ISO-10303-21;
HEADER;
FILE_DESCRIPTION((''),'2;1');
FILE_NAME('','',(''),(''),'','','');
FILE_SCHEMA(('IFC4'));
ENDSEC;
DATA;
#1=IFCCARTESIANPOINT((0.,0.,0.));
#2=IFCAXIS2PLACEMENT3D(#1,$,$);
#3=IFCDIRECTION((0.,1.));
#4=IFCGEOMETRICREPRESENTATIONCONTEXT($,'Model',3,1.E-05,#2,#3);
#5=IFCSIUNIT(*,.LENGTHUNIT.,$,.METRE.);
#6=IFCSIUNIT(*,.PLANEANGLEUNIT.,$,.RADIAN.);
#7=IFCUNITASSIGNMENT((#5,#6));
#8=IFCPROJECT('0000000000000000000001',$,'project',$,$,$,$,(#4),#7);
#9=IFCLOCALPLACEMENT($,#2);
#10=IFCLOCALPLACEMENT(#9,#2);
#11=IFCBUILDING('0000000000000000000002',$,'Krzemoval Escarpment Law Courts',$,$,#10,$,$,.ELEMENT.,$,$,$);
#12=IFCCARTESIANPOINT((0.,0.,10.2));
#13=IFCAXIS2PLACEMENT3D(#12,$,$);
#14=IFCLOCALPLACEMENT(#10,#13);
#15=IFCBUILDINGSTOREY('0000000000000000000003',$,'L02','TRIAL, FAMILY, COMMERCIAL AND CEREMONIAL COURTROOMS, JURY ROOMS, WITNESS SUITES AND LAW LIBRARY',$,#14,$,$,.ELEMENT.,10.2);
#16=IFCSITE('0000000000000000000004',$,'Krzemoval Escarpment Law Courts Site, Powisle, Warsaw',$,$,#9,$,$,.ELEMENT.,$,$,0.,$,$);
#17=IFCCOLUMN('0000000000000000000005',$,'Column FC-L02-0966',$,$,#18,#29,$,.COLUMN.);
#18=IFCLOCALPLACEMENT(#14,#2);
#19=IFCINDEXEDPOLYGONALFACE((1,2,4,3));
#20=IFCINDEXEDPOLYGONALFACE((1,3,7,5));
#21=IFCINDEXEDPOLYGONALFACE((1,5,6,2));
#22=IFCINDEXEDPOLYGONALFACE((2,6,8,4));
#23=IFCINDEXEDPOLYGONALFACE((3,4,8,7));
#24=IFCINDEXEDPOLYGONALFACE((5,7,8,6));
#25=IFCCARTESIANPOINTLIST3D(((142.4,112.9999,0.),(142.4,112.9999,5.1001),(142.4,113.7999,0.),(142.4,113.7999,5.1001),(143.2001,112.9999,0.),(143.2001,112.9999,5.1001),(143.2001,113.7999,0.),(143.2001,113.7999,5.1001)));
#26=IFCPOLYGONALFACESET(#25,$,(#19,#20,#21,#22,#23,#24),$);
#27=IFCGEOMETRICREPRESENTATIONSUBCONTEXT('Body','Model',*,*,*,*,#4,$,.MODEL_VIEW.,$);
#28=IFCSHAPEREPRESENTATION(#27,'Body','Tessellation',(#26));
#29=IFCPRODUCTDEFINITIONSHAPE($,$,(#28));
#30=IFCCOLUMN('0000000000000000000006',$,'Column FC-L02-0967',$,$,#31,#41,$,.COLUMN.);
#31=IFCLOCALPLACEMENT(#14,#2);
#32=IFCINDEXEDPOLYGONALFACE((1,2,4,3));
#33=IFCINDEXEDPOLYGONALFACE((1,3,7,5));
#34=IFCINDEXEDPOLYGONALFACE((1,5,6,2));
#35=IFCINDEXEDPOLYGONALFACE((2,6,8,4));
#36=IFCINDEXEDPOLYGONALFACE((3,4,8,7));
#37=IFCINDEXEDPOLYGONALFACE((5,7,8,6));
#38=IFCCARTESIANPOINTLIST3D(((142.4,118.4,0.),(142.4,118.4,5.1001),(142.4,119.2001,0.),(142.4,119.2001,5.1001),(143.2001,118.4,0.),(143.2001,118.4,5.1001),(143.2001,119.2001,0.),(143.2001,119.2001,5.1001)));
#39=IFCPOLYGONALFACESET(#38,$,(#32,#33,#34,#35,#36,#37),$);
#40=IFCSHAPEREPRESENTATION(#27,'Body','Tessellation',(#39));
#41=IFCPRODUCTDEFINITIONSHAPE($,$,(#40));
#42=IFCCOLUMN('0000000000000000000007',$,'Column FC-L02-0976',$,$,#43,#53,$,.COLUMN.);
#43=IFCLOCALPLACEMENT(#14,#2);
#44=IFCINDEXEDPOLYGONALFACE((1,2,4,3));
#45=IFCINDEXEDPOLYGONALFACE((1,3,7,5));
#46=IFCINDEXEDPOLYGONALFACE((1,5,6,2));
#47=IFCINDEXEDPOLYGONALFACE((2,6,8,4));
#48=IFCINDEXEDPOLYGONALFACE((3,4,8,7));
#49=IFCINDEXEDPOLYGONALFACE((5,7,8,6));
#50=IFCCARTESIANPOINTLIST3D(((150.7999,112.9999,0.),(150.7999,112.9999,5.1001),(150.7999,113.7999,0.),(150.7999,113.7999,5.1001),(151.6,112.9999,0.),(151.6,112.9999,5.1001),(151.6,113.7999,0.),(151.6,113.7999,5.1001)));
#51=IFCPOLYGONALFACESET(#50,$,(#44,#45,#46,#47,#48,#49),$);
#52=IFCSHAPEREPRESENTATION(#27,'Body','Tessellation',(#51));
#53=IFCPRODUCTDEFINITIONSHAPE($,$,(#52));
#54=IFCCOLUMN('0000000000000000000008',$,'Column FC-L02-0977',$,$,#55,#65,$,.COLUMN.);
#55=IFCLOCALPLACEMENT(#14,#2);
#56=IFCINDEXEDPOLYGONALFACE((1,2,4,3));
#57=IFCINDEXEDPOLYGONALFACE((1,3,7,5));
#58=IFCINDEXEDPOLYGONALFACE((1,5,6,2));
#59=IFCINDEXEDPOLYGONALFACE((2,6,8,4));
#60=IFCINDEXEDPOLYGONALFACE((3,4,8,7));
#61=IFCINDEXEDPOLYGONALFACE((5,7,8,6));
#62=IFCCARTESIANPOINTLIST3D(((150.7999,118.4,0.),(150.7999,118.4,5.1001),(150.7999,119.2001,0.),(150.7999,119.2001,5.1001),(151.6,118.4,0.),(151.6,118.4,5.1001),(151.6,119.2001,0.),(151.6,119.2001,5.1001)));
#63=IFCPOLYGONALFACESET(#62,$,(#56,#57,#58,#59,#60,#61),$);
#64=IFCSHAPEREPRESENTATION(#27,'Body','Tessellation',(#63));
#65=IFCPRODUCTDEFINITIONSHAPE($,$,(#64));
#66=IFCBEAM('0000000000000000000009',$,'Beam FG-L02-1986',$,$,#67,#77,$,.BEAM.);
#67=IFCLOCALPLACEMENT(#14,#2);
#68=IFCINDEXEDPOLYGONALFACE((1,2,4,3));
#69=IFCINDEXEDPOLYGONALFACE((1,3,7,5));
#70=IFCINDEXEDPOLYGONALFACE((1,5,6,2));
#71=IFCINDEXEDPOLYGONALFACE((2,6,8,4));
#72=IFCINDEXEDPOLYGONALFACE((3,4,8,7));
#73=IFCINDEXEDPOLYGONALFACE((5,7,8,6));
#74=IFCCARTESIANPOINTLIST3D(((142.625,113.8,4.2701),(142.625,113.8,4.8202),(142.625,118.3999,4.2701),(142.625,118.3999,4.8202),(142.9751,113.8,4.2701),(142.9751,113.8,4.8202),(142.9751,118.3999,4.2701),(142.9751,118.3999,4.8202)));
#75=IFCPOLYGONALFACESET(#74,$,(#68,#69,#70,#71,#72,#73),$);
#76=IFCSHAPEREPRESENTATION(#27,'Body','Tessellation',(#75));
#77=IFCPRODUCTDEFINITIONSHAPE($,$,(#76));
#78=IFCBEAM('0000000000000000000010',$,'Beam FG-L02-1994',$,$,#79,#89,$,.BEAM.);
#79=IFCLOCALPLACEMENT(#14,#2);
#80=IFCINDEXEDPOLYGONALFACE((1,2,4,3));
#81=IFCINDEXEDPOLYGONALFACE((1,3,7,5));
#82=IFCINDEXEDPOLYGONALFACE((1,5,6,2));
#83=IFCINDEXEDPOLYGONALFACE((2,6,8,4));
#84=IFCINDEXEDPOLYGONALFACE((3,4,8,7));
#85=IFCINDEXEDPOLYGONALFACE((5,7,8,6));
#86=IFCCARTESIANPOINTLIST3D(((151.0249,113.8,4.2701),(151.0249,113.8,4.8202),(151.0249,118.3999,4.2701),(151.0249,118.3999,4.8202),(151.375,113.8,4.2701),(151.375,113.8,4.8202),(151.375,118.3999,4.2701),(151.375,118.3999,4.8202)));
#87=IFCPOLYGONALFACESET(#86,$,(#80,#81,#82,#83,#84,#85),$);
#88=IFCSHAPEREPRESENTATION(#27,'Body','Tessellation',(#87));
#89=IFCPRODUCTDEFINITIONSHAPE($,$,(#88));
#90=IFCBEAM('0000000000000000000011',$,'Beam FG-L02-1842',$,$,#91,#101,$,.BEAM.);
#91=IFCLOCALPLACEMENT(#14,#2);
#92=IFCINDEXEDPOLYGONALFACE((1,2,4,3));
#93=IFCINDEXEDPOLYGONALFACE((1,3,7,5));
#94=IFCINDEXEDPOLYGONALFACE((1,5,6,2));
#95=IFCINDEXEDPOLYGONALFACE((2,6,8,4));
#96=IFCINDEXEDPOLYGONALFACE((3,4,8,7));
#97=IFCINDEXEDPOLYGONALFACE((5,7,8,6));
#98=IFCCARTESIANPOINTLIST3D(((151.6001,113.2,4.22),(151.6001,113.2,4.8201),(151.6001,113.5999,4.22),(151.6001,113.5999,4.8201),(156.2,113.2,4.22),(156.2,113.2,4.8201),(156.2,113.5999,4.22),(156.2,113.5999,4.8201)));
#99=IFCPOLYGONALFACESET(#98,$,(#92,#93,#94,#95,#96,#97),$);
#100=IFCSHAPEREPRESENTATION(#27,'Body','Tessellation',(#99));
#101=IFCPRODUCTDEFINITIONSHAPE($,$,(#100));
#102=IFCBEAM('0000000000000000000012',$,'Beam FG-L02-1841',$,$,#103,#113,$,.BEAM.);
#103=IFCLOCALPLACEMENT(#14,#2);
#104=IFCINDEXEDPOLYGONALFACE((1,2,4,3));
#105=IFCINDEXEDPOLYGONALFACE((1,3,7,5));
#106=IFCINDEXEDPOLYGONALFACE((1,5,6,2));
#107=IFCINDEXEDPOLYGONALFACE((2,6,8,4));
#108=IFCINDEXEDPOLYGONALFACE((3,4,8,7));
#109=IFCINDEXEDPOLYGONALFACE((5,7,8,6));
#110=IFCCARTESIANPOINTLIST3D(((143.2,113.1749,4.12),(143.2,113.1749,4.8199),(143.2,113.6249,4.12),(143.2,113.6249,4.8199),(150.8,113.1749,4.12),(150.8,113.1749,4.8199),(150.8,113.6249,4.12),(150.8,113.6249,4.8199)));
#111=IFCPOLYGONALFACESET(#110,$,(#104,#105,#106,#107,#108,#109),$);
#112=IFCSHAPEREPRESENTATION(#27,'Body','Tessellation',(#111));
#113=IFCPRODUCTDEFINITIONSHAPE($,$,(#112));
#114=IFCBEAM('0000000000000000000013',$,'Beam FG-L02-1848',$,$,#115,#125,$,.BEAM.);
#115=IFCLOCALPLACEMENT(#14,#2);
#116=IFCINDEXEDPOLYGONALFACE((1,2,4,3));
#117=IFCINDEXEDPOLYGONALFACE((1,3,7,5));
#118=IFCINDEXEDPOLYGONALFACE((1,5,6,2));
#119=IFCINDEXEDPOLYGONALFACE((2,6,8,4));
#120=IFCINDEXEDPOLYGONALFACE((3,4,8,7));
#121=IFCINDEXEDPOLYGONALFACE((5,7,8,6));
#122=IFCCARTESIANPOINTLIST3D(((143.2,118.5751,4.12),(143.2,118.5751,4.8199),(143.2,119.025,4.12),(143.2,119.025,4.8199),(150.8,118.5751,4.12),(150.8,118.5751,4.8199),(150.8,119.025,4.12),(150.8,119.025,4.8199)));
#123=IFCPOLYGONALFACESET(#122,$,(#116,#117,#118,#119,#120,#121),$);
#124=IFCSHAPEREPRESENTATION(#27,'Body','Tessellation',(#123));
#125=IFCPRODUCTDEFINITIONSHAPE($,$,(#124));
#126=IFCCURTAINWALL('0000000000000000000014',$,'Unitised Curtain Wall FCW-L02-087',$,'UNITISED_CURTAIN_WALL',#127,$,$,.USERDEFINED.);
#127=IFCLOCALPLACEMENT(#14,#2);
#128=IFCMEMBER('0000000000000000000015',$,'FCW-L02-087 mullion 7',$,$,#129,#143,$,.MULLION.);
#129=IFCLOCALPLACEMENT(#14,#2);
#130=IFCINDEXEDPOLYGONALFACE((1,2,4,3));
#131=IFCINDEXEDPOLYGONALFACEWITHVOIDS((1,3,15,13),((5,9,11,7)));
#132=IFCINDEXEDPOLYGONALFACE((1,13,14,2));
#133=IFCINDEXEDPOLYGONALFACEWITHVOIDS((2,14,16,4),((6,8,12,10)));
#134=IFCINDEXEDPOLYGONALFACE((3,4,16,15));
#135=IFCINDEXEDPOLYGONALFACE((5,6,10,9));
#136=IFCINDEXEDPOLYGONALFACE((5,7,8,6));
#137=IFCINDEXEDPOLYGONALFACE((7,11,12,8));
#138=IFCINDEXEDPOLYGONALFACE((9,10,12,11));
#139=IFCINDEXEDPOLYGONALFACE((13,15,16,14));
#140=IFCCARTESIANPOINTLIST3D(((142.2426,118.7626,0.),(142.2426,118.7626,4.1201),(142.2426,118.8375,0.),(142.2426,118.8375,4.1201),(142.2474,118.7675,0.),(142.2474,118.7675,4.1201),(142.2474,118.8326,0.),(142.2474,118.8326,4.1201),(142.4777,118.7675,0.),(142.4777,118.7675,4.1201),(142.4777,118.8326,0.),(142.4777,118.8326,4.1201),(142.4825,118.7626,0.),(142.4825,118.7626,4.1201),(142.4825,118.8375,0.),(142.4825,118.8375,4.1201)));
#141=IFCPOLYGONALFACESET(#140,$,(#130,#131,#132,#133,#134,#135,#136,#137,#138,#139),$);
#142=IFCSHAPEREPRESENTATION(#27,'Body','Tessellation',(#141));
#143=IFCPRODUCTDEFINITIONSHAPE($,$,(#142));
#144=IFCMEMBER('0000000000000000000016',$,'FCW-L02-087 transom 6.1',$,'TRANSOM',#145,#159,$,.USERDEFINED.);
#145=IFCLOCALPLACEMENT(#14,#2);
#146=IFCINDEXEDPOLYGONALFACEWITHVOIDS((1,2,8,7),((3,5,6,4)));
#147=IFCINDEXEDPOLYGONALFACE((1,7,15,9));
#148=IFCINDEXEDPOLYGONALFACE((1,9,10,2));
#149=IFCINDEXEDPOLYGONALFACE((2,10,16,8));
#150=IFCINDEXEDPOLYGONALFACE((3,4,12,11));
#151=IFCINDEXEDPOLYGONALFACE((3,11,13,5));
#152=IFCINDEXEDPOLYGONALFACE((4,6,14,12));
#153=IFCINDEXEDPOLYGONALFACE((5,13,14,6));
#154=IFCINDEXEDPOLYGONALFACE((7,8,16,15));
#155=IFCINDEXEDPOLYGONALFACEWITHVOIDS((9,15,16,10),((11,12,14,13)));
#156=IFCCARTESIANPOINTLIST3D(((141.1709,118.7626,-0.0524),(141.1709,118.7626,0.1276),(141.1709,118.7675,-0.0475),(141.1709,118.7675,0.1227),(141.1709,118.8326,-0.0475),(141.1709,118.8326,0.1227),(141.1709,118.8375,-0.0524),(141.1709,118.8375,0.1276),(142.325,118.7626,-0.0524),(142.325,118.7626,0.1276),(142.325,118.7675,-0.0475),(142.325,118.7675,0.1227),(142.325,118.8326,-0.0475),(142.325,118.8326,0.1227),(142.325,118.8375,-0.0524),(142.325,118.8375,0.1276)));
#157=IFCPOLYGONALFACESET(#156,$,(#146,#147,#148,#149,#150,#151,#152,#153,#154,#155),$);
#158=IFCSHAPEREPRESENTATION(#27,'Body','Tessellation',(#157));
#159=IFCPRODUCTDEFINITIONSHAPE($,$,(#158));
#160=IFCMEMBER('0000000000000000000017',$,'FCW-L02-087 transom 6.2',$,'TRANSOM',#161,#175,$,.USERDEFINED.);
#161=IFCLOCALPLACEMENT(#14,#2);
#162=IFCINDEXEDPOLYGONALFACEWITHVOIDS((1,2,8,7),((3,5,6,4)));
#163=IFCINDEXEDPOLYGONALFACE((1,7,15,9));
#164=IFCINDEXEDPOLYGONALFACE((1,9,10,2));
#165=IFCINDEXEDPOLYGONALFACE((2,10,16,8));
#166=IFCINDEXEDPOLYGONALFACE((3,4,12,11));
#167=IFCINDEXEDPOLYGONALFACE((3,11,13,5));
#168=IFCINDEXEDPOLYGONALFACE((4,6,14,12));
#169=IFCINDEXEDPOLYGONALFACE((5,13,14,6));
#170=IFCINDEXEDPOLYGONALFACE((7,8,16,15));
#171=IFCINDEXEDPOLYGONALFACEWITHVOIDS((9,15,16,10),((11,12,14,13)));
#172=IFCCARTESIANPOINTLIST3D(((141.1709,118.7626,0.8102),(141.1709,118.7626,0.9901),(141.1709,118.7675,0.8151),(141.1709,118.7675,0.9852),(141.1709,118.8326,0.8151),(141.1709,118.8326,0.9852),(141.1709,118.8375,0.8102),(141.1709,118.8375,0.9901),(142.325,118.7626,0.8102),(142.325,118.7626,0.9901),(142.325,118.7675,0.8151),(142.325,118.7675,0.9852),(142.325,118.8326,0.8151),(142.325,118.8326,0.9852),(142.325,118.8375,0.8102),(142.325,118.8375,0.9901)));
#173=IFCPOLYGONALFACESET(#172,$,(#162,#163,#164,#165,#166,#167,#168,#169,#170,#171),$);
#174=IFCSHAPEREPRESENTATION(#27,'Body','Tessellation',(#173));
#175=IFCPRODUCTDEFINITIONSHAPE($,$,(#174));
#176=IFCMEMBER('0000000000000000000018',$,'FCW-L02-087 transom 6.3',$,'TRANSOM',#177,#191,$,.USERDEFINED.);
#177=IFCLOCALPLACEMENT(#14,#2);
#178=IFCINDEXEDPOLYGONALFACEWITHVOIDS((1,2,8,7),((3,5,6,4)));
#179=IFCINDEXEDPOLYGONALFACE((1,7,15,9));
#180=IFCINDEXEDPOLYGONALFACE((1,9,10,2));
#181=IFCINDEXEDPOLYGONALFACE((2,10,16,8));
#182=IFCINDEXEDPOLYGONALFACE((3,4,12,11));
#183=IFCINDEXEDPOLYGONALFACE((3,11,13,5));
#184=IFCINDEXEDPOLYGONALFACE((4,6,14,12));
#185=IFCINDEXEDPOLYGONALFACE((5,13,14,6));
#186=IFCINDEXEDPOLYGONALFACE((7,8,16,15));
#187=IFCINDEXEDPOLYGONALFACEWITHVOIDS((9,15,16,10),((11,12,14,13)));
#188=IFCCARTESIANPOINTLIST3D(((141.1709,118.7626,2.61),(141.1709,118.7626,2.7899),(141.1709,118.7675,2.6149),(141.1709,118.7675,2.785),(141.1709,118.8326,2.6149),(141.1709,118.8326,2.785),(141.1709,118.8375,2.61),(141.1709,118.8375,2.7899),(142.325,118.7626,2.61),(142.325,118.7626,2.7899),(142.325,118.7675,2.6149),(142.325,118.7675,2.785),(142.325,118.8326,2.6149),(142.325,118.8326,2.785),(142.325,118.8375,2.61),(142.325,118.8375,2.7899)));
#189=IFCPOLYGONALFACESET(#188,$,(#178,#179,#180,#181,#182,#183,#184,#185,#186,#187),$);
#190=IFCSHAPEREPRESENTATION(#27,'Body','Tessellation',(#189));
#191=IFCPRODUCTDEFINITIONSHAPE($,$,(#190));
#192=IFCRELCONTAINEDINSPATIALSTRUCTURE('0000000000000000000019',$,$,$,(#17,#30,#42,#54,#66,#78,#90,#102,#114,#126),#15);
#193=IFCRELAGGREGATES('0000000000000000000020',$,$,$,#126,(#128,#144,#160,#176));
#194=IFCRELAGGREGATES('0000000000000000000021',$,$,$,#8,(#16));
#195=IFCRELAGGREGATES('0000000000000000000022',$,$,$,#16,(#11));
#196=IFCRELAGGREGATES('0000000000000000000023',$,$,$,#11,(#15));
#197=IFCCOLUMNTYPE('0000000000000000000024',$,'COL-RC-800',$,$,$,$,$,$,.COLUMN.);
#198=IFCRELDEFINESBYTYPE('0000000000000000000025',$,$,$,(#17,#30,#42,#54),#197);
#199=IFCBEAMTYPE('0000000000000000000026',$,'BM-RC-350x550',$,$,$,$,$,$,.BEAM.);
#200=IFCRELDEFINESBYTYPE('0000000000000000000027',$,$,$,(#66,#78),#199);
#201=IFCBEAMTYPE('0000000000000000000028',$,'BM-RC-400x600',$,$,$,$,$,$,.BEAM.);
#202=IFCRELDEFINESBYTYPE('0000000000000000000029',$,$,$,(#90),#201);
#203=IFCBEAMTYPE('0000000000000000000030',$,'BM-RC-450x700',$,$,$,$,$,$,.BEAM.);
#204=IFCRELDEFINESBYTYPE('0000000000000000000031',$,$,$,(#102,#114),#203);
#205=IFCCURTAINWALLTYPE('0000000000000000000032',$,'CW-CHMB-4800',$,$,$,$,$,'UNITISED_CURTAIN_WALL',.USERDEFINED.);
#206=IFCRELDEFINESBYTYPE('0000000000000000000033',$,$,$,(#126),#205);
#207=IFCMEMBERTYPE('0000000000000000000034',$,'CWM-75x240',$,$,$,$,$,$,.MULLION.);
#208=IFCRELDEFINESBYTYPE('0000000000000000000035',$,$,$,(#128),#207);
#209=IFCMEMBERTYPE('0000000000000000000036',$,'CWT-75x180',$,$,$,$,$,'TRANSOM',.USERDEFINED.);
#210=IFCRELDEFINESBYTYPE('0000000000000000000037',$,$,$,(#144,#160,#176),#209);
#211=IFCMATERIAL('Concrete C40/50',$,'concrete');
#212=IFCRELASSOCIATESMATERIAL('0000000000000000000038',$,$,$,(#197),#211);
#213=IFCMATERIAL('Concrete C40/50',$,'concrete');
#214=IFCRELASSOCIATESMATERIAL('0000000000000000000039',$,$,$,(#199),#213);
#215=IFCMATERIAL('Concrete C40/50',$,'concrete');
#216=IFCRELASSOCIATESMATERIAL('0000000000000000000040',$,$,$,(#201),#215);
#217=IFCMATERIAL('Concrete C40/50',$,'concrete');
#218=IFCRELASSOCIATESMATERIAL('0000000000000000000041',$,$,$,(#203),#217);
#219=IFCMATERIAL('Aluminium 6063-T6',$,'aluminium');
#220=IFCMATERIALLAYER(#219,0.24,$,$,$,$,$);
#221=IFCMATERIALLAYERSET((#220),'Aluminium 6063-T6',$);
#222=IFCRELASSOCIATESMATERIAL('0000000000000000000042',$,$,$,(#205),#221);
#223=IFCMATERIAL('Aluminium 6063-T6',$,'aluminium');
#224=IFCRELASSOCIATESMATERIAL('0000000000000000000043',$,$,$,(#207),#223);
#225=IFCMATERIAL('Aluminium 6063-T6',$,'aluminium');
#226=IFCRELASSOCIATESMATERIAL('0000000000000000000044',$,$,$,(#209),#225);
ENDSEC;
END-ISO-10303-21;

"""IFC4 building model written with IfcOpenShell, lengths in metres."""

from ifc_helpers import new_model, si_unit, direction, frame, origin, origin_2d, place, context, subcontext, project, spatial, rectangle, hollow_rectangle, extrude, material, layer, layer_set, material_profile, profile_set, type_object, element, aggregate, save


model = new_model("IFC4")

# Units and contexts
model_context = context("Model", 3, precision=1e-05, world=origin(), true_north=direction((0.0, 1.0)))
body_context = subcontext(model_context, "Body", "Model", "MODEL_VIEW")
ifc_project = project(units=[si_unit("LENGTHUNIT", "METRE"), si_unit("PLANEANGLEUNIT", "RADIAN")], contexts=[model_context])

# Site, building, storey
site_placement = place(None, origin())
site = spatial("IfcSite", under=ifc_project, at=site_placement, Name="Krzemoval Escarpment Law Courts Site, Powisle, Warsaw", CompositionType="ELEMENT", RefElevation=0.0)
building_placement = place(site_placement, origin())
building = spatial("IfcBuilding", under=site, at=building_placement, Name="Krzemoval Escarpment Law Courts", CompositionType="ELEMENT")
storey_placement = place(building_placement, frame((0.0, 0.0, 10.2)))
storey = spatial("IfcBuildingStorey", under=building, at=storey_placement, Name="L02", Description="TRIAL, FAMILY, COMMERCIAL AND CEREMONIAL COURTROOMS, JURY ROOMS, WITNESS SUITES AND LAW LIBRARY", CompositionType="ELEMENT", Elevation=10.2)

# Columns
ifc_material_1 = material(Name="Concrete C40/50", Category="concrete")
ifc_material_profile_1 = material_profile(ifc_material_1, rectangle(XDim=0.8, YDim=0.8, at=origin_2d()), Name="RC 800x800")
ifc_profile_set_1 = profile_set([ifc_material_profile_1], Name="Concrete C40/50")
column_type = type_object("IfcColumnType", Name="COL-RC-800", PredefinedType="COLUMN", material=ifc_profile_set_1)
for number, where, z_axis, x_axis, name in (
    (1, (142.8, 113.3999, 0.0), (0.0, 0.0, 1.0), (1.0, 0.0, 0.0), "Column FC-L02-0966"),
    (2, (142.8, 118.8, 0.0), (0.0, 0.0, 1.0), (1.0, 0.0, 0.0), "Column FC-L02-0967"),
    (3, (151.2, 113.3999, 0.0), (0.0, 0.0, 1.0), (1.0, 0.0, 0.0), "Column FC-L02-0976"),
    (4, (151.2, 118.8, 0.0), (0.0, 0.0, 1.0), (1.0, 0.0, 0.0), "Column FC-L02-0977"),
):
    element("IfcColumn", number, at=place(storey_placement, frame(where, z_axis=z_axis, x_axis=x_axis)), inside=storey, type_object=column_type, Name=name, PredefinedType="COLUMN", context=body_context, shape_type="SweptSolid", body=[
        extrude(rectangle(XDim=0.8, YDim=0.8, at=origin_2d()), origin(), (0.0, 0.0, 1.0), 5.1001),
    ])

# Beams
ifc_material_2 = material(Name="Concrete C40/50", Category="concrete")
ifc_material_profile_2 = material_profile(ifc_material_2, rectangle(XDim=0.3501, YDim=0.55, at=origin_2d()), Name="RCB 350x550")
ifc_profile_set_2 = profile_set([ifc_material_profile_2], Name="Concrete C40/50")
beam_type_1 = type_object("IfcBeamType", Name="BM-RC-350x550", PredefinedType="BEAM", material=ifc_profile_set_2)
for number, where, z_axis, x_axis, name in (
    (5, (142.8, 113.8, 4.5452), (0.0, 1.0, 0.0), (-1.0, 0.0, 0.0), "Beam FG-L02-1986"),
    (6, (151.2, 113.8, 4.5452), (0.0, 1.0, 0.0), (-1.0, 0.0, 0.0), "Beam FG-L02-1994"),
):
    element("IfcBeam", number, at=place(storey_placement, frame(where, z_axis=z_axis, x_axis=x_axis)), inside=storey, type_object=beam_type_1, Name=name, PredefinedType="BEAM", context=body_context, shape_type="SweptSolid", body=[
        extrude(rectangle(XDim=0.3501, YDim=0.55, at=origin_2d()), origin(), (0.0, 0.0, 1.0), 4.5999),
    ])
ifc_material_3 = material(Name="Concrete C40/50", Category="concrete")
ifc_material_profile_3 = material_profile(ifc_material_3, rectangle(XDim=0.3999, YDim=0.6001, at=origin_2d()), Name="RCB 400x600")
ifc_profile_set_3 = profile_set([ifc_material_profile_3], Name="Concrete C40/50")
beam_type_2 = type_object("IfcBeamType", Name="BM-RC-400x600", PredefinedType="BEAM", material=ifc_profile_set_3)
beam_placement = place(storey_placement, frame((151.6001, 113.3999, 4.52), z_axis=(1.0, 0.0, 0.0), x_axis=(0.0, 1.0, 0.0)))
element("IfcBeam", 7, at=beam_placement, inside=storey, type_object=beam_type_2, Name="Beam FG-L02-1842", PredefinedType="BEAM", context=body_context, shape_type="SweptSolid", body=[
    extrude(rectangle(XDim=0.3999, YDim=0.6001, at=origin_2d()), origin(), (0.0, 0.0, 1.0), 4.5999),
])
ifc_material_4 = material(Name="Concrete C40/50", Category="concrete")
ifc_material_profile_4 = material_profile(ifc_material_4, rectangle(XDim=0.45, YDim=0.7, at=origin_2d()), Name="RCB 450x700")
ifc_profile_set_4 = profile_set([ifc_material_profile_4], Name="Concrete C40/50")
beam_type_3 = type_object("IfcBeamType", Name="BM-RC-450x700", PredefinedType="BEAM", material=ifc_profile_set_4)
for number, where, z_axis, x_axis, name in (
    (8, (143.2, 113.3999, 4.47), (1.0, 0.0, 0.0), (0.0, 1.0, 0.0), "Beam FG-L02-1841"),
    (9, (143.2, 118.8, 4.47), (1.0, 0.0, 0.0), (0.0, 1.0, 0.0), "Beam FG-L02-1848"),
):
    element("IfcBeam", number, at=place(storey_placement, frame(where, z_axis=z_axis, x_axis=x_axis)), inside=storey, type_object=beam_type_3, Name=name, PredefinedType="BEAM", context=body_context, shape_type="SweptSolid", body=[
        extrude(rectangle(XDim=0.45, YDim=0.7, at=origin_2d()), origin(), (0.0, 0.0, 1.0), 7.6001),
    ])

# Curtain wall, members
ifc_material_5 = material(Name="Aluminium 6063-T6", Category="aluminium")
ifc_layer_1 = layer(ifc_material_5, 0.24)
ifc_layer_set_1 = layer_set([ifc_layer_1], Name="Aluminium 6063-T6")
curtain_wall_type = type_object("IfcCurtainWallType", Name="CW-CHMB-4800", ElementType="UNITISED_CURTAIN_WALL", PredefinedType="USERDEFINED", material=ifc_layer_set_1)
curtain_wall_placement = place(storey_placement, origin())
curtain_wall = element("IfcCurtainWall", 10, at=curtain_wall_placement, inside=storey, type_object=curtain_wall_type, Name="Unitised Curtain Wall FCW-L02-087", ObjectType="UNITISED_CURTAIN_WALL", PredefinedType="USERDEFINED")
ifc_material_6 = material(Name="Aluminium 6063-T6", Category="aluminium")
ifc_material_profile_5 = material_profile(ifc_material_6, hollow_rectangle(XDim=0.075, YDim=0.24, WallThickness=0.0049, at=origin_2d()), Name="ALU M75x240")
ifc_profile_set_5 = profile_set([ifc_material_profile_5], Name="Aluminium 6063-T6")
member_type_1 = type_object("IfcMemberType", Name="CWM-75x240", PredefinedType="MULLION", material=ifc_profile_set_5)
member_1_placement = place(storey_placement, frame((142.3625, 118.8, 0.0), z_axis=(0.0, 0.0, 1.0), x_axis=(0.0, 1.0, 0.0)))
member_1 = element("IfcMember", 11, at=member_1_placement, type_object=member_type_1, Name="FCW-L02-087 mullion 7", PredefinedType="MULLION", context=body_context, shape_type="SweptSolid", body=[
    extrude(hollow_rectangle(XDim=0.075, YDim=0.24, WallThickness=0.0049, at=origin_2d()), origin(), (0.0, 0.0, 1.0), 4.1201),
])
ifc_material_7 = material(Name="Aluminium 6063-T6", Category="aluminium")
ifc_material_profile_6 = material_profile(ifc_material_7, hollow_rectangle(XDim=0.075, YDim=0.1799, WallThickness=0.0049, at=origin_2d()), Name="ALU T75x180")
ifc_profile_set_6 = profile_set([ifc_material_profile_6], Name="Aluminium 6063-T6")
member_type_2 = type_object("IfcMemberType", Name="CWT-75x180", ElementType="TRANSOM", PredefinedType="USERDEFINED", material=ifc_profile_set_6)
member_2_placement = place(storey_placement, frame((141.1709, 118.8, 0.0376), z_axis=(1.0, 0.0, 0.0), x_axis=(0.0, 1.0, 0.0)))
member_2 = element("IfcMember", 12, at=member_2_placement, type_object=member_type_2, Name="FCW-L02-087 transom 6.1", ObjectType="TRANSOM", PredefinedType="USERDEFINED", context=body_context, shape_type="SweptSolid", body=[
    extrude(hollow_rectangle(XDim=0.075, YDim=0.1799, WallThickness=0.0049, at=origin_2d()), origin(), (0.0, 0.0, 1.0), 1.1541),
])
member_3_placement = place(storey_placement, frame((141.1709, 118.8, 0.9001), z_axis=(1.0, 0.0, 0.0), x_axis=(0.0, 1.0, 0.0)))
member_3 = element("IfcMember", 13, at=member_3_placement, type_object=member_type_2, Name="FCW-L02-087 transom 6.2", ObjectType="TRANSOM", PredefinedType="USERDEFINED", context=body_context, shape_type="SweptSolid", body=[
    extrude(hollow_rectangle(XDim=0.075, YDim=0.1799, WallThickness=0.0049, at=origin_2d()), origin(), (0.0, 0.0, 1.0), 1.1541),
])
member_4_placement = place(storey_placement, frame((141.1709, 118.8, 2.7), z_axis=(1.0, 0.0, 0.0), x_axis=(0.0, 1.0, 0.0)))
member_4 = element("IfcMember", 14, at=member_4_placement, type_object=member_type_2, Name="FCW-L02-087 transom 6.3", ObjectType="TRANSOM", PredefinedType="USERDEFINED", context=body_context, shape_type="SweptSolid", body=[
    extrude(hollow_rectangle(XDim=0.075, YDim=0.1799, WallThickness=0.0049, at=origin_2d()), origin(), (0.0, 0.0, 1.0), 1.1541),
])
aggregate(curtain_wall, [member_1, member_2, member_3, member_4])

save(model, "model.ifc")
